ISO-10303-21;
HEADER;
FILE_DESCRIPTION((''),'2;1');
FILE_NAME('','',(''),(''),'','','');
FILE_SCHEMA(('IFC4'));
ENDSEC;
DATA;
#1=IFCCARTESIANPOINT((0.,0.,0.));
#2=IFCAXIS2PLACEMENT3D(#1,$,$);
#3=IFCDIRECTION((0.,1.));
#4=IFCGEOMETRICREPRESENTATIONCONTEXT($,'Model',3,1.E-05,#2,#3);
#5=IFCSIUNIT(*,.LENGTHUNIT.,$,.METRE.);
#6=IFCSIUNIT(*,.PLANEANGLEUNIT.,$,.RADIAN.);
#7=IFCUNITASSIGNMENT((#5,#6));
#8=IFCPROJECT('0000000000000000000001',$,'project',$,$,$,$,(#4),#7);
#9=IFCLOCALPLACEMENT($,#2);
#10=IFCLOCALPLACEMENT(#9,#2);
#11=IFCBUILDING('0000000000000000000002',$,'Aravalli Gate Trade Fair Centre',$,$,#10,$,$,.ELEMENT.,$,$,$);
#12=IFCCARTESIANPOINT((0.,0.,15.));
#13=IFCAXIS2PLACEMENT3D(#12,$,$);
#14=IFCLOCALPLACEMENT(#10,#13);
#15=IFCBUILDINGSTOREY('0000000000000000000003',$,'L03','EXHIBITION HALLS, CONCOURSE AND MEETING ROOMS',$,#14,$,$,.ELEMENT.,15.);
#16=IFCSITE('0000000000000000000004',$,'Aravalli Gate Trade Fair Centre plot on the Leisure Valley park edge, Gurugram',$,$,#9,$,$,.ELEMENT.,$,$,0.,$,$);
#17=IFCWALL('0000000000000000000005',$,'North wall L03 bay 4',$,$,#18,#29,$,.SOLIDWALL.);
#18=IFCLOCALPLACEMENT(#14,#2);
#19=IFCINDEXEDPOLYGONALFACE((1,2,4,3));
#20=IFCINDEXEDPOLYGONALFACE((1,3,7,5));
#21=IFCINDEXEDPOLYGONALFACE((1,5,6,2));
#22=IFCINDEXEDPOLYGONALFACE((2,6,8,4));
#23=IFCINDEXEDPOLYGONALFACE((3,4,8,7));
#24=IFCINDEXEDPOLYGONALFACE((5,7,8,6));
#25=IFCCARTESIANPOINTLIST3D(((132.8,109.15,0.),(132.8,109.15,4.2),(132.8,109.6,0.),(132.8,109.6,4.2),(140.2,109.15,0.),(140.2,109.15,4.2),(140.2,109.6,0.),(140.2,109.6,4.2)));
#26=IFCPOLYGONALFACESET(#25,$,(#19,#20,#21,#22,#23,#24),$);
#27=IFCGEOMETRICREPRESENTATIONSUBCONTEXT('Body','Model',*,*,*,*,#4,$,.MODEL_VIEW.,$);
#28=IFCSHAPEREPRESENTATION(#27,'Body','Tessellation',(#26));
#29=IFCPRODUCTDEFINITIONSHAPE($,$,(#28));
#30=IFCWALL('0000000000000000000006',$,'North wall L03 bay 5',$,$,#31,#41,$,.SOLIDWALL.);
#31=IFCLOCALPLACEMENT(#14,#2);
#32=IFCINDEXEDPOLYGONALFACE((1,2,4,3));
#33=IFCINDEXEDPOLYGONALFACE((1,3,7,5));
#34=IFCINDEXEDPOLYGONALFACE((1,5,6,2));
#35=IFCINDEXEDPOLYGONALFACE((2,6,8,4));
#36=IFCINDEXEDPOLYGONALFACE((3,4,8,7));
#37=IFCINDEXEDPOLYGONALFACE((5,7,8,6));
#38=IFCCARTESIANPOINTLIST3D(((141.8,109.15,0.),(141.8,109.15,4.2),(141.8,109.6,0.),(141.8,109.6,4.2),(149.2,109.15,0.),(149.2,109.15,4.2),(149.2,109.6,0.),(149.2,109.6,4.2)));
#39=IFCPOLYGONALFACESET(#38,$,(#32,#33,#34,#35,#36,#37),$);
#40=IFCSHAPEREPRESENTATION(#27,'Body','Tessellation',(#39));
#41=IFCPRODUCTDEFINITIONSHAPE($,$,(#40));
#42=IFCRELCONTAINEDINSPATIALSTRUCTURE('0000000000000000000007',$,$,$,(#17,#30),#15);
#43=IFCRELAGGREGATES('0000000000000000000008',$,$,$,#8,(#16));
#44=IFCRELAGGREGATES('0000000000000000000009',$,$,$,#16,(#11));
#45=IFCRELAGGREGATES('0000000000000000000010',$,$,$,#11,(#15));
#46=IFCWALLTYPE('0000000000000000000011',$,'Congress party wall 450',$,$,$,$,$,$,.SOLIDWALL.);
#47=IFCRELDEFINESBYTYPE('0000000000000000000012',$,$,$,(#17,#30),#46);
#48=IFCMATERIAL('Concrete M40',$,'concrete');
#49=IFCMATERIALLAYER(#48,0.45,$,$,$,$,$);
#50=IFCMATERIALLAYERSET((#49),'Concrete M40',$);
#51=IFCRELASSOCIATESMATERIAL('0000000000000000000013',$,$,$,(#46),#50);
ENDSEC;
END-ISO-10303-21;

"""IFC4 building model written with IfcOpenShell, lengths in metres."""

from ifc_helpers import new_model, si_unit, direction, frame, frame_2d, origin, place, context, subcontext, project, spatial, rectangle, extrude, material, layer, layer_set, type_object, element, save


model = new_model("IFC4")

# Units and contexts
model_context = context("Model", 3, precision=1e-05, world=origin(), true_north=direction((0.0, 1.0)))
body_context = subcontext(model_context, "Body", "Model", "MODEL_VIEW")
ifc_project = project(units=[si_unit("LENGTHUNIT", "METRE"), si_unit("PLANEANGLEUNIT", "RADIAN")], contexts=[model_context])

# Site, building, storey
site_placement = place(None, origin())
site = spatial("IfcSite", under=ifc_project, at=site_placement, Name="Aravalli Gate Trade Fair Centre plot on the Leisure Valley park edge, Gurugram", CompositionType="ELEMENT", RefElevation=0.0)
building_placement = place(site_placement, origin())
building = spatial("IfcBuilding", under=site, at=building_placement, Name="Aravalli Gate Trade Fair Centre", CompositionType="ELEMENT")
storey_placement = place(building_placement, frame((0.0, 0.0, 15.0)))
storey = spatial("IfcBuildingStorey", under=building, at=storey_placement, Name="L03", Description="EXHIBITION HALLS, CONCOURSE AND MEETING ROOMS", CompositionType="ELEMENT", Elevation=15.0)

# Walls
ifc_material_1 = material(Name="Concrete M40", Category="concrete")
ifc_layer_1 = layer(ifc_material_1, 0.45)
ifc_layer_set_1 = layer_set([ifc_layer_1], Name="Concrete M40")
wall_type_1 = type_object("IfcWallType", Name="Congress party wall 450", PredefinedType="SOLIDWALL", material=ifc_layer_set_1)
for number, where, z_axis, x_axis, name in (
    (1, (132.8, 109.375, 0.0), (0.0, 0.0, 1.0), (1.0, 0.0, 0.0), "North wall L03 bay 4"),
    (2, (141.8, 109.375, 0.0), (0.0, 0.0, 1.0), (1.0, 0.0, 0.0), "North wall L03 bay 5"),
):
    element("IfcWall", number, at=place(storey_placement, frame(where, z_axis=z_axis, x_axis=x_axis)), inside=storey, type_object=wall_type_1, Name=name, PredefinedType="SOLIDWALL", context=body_context, shape_type="SweptSolid", body=[
        extrude(rectangle(XDim=7.3999, YDim=0.45, at=frame_2d((3.7, 0.0))), origin(), (0.0, 0.0, 1.0), 4.2),
    ])

save(model, "model.ifc")
